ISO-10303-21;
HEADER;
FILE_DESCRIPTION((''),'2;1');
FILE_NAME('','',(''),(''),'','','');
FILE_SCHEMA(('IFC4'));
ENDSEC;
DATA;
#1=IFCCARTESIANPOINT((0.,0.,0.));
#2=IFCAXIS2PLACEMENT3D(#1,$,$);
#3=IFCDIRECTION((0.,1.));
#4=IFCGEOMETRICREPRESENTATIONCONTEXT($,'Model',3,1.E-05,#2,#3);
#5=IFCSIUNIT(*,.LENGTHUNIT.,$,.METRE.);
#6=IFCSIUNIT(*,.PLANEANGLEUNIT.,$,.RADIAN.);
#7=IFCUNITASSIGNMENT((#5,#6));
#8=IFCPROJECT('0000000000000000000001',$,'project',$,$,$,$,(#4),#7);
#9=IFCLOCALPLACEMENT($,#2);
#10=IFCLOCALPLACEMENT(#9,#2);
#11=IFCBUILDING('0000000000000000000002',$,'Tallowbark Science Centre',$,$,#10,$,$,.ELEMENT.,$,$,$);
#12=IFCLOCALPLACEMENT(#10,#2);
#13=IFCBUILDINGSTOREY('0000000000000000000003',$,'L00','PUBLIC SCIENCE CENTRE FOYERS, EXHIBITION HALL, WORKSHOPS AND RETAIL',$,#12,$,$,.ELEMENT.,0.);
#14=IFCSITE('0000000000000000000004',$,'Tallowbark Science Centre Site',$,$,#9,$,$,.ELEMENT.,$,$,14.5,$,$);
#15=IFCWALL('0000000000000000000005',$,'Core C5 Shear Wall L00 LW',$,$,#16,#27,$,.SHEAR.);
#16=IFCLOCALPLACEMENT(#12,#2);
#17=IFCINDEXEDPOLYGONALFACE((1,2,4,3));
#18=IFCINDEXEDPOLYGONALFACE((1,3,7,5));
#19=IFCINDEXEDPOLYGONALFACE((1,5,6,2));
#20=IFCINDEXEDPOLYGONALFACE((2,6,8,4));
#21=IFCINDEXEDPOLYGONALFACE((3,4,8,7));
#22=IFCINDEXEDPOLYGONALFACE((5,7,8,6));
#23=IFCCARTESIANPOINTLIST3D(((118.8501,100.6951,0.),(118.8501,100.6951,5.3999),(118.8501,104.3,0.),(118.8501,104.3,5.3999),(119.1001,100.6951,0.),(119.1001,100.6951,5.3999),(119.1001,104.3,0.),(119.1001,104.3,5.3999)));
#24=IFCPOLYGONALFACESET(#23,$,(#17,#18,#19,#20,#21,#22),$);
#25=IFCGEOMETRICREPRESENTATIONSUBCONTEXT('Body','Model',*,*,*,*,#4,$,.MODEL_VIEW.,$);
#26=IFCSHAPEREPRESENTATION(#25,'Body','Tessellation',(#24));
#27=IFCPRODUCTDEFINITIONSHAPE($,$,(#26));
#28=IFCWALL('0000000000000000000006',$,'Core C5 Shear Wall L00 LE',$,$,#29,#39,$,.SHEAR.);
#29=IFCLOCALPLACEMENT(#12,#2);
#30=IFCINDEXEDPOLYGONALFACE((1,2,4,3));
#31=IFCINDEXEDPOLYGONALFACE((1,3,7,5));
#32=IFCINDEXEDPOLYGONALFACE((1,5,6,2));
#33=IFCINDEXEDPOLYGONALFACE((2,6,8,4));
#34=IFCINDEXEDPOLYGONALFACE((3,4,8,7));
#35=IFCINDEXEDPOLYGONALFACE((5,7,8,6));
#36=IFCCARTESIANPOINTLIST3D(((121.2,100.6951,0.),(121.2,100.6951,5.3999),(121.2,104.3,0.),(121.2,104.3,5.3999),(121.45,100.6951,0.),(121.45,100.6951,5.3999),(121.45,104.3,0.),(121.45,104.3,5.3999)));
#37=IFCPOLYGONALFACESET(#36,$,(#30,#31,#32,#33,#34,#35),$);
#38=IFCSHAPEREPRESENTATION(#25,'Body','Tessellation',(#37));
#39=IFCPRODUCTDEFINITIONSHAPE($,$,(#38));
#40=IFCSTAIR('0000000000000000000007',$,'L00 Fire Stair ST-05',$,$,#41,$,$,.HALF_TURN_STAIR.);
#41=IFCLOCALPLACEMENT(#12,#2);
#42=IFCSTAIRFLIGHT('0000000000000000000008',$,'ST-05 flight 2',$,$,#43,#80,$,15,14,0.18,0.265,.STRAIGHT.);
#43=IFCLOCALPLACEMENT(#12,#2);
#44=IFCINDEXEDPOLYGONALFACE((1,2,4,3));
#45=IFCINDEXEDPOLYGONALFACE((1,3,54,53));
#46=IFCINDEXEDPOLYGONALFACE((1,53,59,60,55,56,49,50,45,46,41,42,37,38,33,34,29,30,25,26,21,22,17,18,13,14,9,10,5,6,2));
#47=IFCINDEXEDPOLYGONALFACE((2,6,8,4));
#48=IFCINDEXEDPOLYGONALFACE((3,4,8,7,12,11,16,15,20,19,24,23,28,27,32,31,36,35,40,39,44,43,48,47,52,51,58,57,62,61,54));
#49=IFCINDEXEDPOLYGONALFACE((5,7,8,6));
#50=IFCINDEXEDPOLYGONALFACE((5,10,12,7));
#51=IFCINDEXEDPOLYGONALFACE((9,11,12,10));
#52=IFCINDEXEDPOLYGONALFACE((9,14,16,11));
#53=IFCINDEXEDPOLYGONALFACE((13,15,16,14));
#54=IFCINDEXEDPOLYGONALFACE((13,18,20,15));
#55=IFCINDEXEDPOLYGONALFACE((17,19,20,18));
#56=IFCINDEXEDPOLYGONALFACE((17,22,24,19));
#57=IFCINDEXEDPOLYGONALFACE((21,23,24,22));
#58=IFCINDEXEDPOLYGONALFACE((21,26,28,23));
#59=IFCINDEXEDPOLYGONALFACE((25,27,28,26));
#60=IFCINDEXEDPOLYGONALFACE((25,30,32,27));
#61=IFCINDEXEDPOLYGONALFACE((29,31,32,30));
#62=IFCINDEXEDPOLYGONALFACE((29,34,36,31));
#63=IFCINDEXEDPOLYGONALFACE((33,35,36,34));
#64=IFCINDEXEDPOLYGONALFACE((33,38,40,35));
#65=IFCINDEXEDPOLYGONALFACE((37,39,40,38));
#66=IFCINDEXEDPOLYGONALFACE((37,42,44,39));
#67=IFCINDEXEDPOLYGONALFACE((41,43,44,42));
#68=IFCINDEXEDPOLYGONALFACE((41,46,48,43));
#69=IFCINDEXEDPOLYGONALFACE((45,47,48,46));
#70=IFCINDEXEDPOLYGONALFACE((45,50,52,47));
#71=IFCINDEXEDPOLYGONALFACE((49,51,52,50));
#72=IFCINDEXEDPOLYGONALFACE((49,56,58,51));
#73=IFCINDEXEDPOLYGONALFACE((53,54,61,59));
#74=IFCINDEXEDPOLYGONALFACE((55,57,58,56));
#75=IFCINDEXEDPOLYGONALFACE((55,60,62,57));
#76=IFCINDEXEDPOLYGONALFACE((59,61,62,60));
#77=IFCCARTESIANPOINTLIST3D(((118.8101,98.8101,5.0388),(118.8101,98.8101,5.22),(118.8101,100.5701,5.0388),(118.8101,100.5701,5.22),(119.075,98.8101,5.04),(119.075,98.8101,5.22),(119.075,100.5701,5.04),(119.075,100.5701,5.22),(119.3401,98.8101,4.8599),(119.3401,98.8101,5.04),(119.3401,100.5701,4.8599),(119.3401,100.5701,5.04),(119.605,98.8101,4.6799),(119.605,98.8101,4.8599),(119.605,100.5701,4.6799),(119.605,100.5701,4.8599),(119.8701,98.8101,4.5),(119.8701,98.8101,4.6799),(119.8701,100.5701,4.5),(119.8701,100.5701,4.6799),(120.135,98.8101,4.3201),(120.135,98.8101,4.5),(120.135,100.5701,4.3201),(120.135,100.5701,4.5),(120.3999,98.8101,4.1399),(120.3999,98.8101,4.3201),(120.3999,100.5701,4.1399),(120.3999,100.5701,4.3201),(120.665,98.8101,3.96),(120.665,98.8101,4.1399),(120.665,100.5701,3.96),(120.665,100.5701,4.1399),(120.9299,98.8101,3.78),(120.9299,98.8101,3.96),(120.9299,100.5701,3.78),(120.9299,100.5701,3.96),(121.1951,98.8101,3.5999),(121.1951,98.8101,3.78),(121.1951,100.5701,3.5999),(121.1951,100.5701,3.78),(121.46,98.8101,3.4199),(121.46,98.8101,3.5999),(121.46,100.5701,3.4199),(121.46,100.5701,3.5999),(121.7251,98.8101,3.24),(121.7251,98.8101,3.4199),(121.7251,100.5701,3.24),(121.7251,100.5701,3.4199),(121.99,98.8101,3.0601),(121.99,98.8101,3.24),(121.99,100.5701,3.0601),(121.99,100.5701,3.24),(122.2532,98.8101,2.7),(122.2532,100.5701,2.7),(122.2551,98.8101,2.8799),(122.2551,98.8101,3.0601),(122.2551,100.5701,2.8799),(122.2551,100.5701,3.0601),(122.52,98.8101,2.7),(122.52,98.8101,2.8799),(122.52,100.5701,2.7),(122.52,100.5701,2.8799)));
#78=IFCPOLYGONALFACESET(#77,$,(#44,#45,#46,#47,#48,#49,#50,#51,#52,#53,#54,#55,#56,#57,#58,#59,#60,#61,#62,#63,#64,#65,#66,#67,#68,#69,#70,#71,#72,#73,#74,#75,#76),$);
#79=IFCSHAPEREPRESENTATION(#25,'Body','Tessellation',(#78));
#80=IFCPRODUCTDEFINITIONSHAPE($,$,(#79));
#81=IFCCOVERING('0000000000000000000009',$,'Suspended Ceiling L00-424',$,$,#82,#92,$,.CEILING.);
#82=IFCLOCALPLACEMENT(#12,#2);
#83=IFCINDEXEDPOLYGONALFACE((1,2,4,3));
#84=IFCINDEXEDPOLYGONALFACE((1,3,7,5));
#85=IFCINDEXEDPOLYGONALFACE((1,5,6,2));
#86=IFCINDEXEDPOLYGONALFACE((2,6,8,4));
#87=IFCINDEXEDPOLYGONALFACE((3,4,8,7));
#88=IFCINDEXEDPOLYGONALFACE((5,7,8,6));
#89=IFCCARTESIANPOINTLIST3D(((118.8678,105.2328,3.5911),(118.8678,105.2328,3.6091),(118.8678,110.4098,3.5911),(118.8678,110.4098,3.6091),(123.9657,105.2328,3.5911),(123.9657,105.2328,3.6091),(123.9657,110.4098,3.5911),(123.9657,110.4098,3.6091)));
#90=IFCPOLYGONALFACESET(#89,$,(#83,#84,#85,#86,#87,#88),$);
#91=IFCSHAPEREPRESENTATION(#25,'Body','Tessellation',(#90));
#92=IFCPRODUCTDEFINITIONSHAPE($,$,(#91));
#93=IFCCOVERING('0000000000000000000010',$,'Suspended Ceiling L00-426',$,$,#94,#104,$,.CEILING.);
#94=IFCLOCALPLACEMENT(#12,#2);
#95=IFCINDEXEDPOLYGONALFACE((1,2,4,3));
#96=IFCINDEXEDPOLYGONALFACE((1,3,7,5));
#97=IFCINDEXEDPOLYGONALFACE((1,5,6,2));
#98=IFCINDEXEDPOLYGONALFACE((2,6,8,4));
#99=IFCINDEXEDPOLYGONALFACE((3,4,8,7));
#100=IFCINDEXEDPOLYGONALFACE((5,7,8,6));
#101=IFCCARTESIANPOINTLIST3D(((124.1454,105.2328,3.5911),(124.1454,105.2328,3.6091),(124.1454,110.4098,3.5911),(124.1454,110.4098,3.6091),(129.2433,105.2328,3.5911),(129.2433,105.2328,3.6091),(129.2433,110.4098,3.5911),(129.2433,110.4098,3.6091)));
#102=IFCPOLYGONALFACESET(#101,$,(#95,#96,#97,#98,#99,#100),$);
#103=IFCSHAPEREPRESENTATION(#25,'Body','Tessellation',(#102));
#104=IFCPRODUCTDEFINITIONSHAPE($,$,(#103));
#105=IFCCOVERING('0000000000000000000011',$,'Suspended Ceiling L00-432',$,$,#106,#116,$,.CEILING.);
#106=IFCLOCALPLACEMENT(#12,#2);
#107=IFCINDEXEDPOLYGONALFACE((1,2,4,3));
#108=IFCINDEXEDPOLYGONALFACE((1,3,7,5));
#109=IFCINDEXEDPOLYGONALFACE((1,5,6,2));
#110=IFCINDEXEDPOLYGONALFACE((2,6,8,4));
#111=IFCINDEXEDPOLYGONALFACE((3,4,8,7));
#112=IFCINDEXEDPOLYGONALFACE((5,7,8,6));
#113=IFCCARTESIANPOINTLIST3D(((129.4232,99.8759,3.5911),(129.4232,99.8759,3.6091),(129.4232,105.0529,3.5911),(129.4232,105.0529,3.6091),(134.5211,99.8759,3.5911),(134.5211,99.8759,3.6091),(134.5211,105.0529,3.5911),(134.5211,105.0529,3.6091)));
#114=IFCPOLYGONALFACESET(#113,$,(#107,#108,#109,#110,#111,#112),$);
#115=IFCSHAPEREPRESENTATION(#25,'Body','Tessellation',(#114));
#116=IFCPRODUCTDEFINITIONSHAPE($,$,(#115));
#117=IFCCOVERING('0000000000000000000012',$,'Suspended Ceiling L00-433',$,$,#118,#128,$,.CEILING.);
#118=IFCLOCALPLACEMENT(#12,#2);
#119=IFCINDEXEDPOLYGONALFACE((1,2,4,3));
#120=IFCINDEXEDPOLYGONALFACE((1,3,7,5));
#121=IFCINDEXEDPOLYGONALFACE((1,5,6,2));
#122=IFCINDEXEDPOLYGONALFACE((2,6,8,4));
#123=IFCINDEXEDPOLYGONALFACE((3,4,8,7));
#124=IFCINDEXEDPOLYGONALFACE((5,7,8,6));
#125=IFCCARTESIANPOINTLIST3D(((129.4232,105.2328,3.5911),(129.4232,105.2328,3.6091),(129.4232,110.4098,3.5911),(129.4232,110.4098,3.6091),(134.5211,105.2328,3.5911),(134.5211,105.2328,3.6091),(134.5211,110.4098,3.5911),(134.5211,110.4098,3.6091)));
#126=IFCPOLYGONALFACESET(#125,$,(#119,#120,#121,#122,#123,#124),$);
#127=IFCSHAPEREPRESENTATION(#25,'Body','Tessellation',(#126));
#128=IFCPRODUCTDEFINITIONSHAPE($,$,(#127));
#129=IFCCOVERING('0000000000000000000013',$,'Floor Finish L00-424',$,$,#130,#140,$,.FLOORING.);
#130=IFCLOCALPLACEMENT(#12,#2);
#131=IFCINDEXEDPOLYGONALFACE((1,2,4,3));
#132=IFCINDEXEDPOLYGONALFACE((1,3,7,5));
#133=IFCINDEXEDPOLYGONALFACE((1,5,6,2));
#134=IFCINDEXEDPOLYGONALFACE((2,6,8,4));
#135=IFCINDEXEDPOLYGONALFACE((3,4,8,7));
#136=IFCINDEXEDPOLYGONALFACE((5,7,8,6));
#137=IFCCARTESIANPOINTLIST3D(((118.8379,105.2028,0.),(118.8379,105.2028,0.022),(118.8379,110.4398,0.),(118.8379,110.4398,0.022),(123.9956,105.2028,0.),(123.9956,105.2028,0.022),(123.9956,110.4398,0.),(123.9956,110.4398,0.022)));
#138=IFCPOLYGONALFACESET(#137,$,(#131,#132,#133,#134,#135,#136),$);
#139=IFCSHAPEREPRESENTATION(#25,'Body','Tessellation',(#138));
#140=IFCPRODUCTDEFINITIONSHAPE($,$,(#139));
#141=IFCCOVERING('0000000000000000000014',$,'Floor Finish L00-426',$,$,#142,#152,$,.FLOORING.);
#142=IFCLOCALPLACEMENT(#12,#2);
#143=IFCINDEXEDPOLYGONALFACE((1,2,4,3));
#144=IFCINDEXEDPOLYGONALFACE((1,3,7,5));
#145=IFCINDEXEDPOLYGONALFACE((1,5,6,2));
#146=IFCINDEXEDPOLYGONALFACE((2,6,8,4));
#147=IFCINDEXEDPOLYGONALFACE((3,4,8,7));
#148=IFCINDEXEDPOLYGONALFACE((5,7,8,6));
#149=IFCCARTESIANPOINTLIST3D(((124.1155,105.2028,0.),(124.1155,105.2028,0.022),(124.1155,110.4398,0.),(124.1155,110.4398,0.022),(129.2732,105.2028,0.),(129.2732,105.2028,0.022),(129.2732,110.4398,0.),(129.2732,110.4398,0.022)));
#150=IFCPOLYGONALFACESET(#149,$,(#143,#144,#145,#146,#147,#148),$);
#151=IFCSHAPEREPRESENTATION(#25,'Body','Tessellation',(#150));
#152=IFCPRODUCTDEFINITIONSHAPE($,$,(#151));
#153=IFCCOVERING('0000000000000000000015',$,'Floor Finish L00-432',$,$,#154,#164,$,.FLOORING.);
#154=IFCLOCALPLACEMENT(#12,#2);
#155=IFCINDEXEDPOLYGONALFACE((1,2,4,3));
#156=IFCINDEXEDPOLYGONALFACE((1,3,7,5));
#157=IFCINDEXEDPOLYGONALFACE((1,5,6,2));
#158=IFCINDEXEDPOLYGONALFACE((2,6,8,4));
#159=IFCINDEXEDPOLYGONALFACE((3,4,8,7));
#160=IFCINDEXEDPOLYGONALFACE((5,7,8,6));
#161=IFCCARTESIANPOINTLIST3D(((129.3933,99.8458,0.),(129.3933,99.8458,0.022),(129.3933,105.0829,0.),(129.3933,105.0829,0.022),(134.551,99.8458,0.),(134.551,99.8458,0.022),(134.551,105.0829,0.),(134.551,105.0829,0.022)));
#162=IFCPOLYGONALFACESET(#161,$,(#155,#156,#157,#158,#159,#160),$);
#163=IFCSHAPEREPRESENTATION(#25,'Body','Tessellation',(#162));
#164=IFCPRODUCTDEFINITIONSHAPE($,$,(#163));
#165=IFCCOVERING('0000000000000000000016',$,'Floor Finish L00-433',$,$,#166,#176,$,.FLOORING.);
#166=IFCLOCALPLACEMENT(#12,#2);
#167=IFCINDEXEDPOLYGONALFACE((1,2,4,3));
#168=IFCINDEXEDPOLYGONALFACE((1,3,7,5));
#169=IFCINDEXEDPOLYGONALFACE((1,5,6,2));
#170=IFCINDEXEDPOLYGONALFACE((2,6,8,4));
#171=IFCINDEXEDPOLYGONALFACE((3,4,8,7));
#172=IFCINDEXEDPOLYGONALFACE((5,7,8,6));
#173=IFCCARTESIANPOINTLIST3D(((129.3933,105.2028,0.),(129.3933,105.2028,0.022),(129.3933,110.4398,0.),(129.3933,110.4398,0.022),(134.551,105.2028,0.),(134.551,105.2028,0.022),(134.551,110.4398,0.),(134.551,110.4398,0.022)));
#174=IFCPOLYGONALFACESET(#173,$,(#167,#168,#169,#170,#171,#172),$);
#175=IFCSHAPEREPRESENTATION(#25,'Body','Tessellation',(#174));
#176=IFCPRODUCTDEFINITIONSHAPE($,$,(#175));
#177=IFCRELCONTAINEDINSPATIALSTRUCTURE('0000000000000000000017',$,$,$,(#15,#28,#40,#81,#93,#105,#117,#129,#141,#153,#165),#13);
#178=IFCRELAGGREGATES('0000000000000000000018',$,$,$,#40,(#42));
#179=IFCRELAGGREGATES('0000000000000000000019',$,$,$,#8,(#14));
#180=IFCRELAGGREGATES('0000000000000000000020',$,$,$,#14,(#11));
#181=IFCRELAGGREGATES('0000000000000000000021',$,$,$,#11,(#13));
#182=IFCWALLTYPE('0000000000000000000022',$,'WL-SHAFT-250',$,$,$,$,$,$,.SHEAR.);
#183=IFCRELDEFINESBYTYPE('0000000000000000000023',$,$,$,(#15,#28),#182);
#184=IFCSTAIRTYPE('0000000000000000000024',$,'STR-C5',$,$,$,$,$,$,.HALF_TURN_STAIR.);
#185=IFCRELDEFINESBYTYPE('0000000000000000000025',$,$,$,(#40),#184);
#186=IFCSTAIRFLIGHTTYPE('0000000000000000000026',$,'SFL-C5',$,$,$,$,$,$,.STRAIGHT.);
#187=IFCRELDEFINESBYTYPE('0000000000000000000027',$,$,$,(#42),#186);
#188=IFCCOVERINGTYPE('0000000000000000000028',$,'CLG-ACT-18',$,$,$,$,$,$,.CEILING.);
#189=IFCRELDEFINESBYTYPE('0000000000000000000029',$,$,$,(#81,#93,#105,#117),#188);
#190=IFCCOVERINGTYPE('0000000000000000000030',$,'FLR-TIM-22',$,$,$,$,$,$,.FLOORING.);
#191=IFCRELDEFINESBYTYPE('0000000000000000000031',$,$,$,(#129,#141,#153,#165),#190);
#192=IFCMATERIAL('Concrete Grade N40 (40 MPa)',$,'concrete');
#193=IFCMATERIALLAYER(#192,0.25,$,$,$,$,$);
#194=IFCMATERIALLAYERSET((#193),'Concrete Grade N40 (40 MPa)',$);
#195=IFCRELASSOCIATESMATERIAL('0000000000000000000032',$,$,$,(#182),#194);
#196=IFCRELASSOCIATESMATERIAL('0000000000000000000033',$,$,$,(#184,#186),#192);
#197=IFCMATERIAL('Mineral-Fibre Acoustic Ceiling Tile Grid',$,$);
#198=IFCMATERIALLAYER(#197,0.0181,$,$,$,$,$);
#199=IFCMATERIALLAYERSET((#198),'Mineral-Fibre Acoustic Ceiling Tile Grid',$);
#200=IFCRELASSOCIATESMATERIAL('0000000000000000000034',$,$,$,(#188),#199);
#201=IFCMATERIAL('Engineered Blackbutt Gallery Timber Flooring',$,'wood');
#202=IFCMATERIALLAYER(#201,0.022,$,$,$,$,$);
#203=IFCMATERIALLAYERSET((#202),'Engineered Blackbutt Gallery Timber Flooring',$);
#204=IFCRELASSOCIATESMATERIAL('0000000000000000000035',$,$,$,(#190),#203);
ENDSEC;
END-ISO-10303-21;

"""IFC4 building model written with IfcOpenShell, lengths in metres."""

from ifc_helpers import new_model, si_unit, direction, frame, frame_2d, origin, origin_2d, place, context, subcontext, project, spatial, polyline, rectangle, outline, extrude, material, layer, layer_set, type_object, element, aggregate, save


model = new_model("IFC4")

# Units and contexts
model_context = context("Model", 3, precision=1e-05, world=origin(), true_north=direction((0.0, 1.0)))
body_context = subcontext(model_context, "Body", "Model", "MODEL_VIEW")
ifc_project = project(units=[si_unit("LENGTHUNIT", "METRE"), si_unit("PLANEANGLEUNIT", "RADIAN")], contexts=[model_context])

# Site, building, storey
site_placement = place(None, origin())
site = spatial("IfcSite", under=ifc_project, at=site_placement, Name="Tallowbark Science Centre Site", CompositionType="ELEMENT", RefElevation=14.5)
building_placement = place(site_placement, origin())
building = spatial("IfcBuilding", under=site, at=building_placement, Name="Tallowbark Science Centre", CompositionType="ELEMENT")
storey_placement = place(building_placement, origin())
storey = spatial("IfcBuildingStorey", under=building, at=storey_placement, Name="L00", Description="PUBLIC SCIENCE CENTRE FOYERS, EXHIBITION HALL, WORKSHOPS AND RETAIL", CompositionType="ELEMENT", Elevation=0.0)

# Shared definitions
ifc_material_1 = material(Name="Concrete Grade N40 (40 MPa)", Category="concrete")

# Walls
ifc_layer_1 = layer(ifc_material_1, 0.25)
ifc_layer_set_1 = layer_set([ifc_layer_1], Name="Concrete Grade N40 (40 MPa)")
wall_type_1 = type_object("IfcWallType", Name="WL-SHAFT-250", PredefinedType="SHEAR", material=ifc_layer_set_1)
for number, where, z_axis, x_axis, name in (
    (1, (118.9751, 100.6951, 0.0), (0.0, 0.0, 1.0), (0.0, 1.0, 0.0), "Core C5 Shear Wall L00 LW"),
    (2, (121.325, 100.6951, 0.0), (0.0, 0.0, 1.0), (0.0, 1.0, 0.0), "Core C5 Shear Wall L00 LE"),
):
    element("IfcWall", number, at=place(storey_placement, frame(where, z_axis=z_axis, x_axis=x_axis)), inside=storey, type_object=wall_type_1, Name=name, PredefinedType="SHEAR", context=body_context, shape_type="SweptSolid", body=[
        extrude(rectangle(XDim=3.605, YDim=0.25, at=frame_2d((1.8025, 0.0))), origin(), (0.0, 0.0, 1.0), 5.3999),
    ])

# Stair, stair flight
stair_type = type_object("IfcStairType", Name="STR-C5", PredefinedType="HALF_TURN_STAIR", material=ifc_material_1)
stair_placement = place(storey_placement, origin())
stair = element("IfcStair", 3, at=stair_placement, inside=storey, type_object=stair_type, Name="L00 Fire Stair ST-05", PredefinedType="HALF_TURN_STAIR")
stair_flight_type = type_object("IfcStairFlightType", Name="SFL-C5", PredefinedType="STRAIGHT", material=ifc_material_1)
stair_flight_placement = place(storey_placement, frame((122.52, 99.6899, 2.7), z_axis=(0.0, 0.0, 1.0), x_axis=(-1.0, 0.0, 0.0)))
stair_flight = element("IfcStairFlight", 4, at=stair_flight_placement, type_object=stair_flight_type, Name="ST-05 flight 2", NumberOfRisers=15, NumberOfTreads=14, PredefinedType="STRAIGHT", RiserHeight=0.18, TreadLength=0.265, context=body_context, shape_type="SweptSolid", body=[
    extrude(outline(polyline([(0.0, 0.0), (0.0, 0.1799), (0.2649, 0.1799), (0.2649, 0.3601), (0.53, 0.3601), (0.53, 0.54), (0.7949, 0.54), (0.7949, 0.72), (1.0601, 0.72), (1.0601, 0.8999), (1.325, 0.8999), (1.325, 1.0801), (1.5901, 1.0801), (1.5901, 1.26), (1.855, 1.26), (1.855, 1.4399), (2.1201, 1.4399), (2.1201, 1.6201), (2.385, 1.6201), (2.385, 1.8), (2.6499, 1.8), (2.6499, 1.98), (2.915, 1.98), (2.915, 2.1599), (3.1799, 2.1599), (3.1799, 2.3401), (3.4451, 2.3401), (3.4451, 2.52), (3.71, 2.52), (3.71, 2.7), (3.71, 2.3389), (0.2668, 0.0), (0.0, 0.0)])), frame((0.0, 0.8799, 0.0), z_axis=(0.0, -1.0, 0.0), x_axis=(1.0, 0.0, 0.0)), (0.0, 0.0, 1.0), 1.76),
])
aggregate(stair, [stair_flight])

# Coverings
ifc_material_2 = material(Name="Mineral-Fibre Acoustic Ceiling Tile Grid")
ifc_layer_2 = layer(ifc_material_2, 0.0181)
ifc_layer_set_2 = layer_set([ifc_layer_2], Name="Mineral-Fibre Acoustic Ceiling Tile Grid")
covering_type_1 = type_object("IfcCoveringType", Name="CLG-ACT-18", PredefinedType="CEILING", material=ifc_layer_set_2)
for number, where, z_axis, x_axis, name in (
    (5, (121.4167, 107.8213, 3.5911), (0.0, 0.0, 1.0), (1.0, 0.0, 0.0), "Suspended Ceiling L00-424"),
    (6, (126.6943, 107.8213, 3.5911), (0.0, 0.0, 1.0), (1.0, 0.0, 0.0), "Suspended Ceiling L00-426"),
    (7, (131.9722, 102.4644, 3.5911), (0.0, 0.0, 1.0), (1.0, 0.0, 0.0), "Suspended Ceiling L00-432"),
    (8, (131.9722, 107.8213, 3.5911), (0.0, 0.0, 1.0), (1.0, 0.0, 0.0), "Suspended Ceiling L00-433"),
):
    element("IfcCovering", number, at=place(storey_placement, frame(where, z_axis=z_axis, x_axis=x_axis)), inside=storey, type_object=covering_type_1, Name=name, PredefinedType="CEILING", context=body_context, shape_type="SweptSolid", body=[
        extrude(rectangle(XDim=5.0979, YDim=5.177, at=origin_2d()), origin(), (0.0, 0.0, 1.0), 0.0181),
    ])
ifc_material_3 = material(Name="Engineered Blackbutt Gallery Timber Flooring", Category="wood")
ifc_layer_3 = layer(ifc_material_3, 0.022)
ifc_layer_set_3 = layer_set([ifc_layer_3], Name="Engineered Blackbutt Gallery Timber Flooring")
covering_type_2 = type_object("IfcCoveringType", Name="FLR-TIM-22", PredefinedType="FLOORING", material=ifc_layer_set_3)
for number, where, z_axis, x_axis, name in (
    (9, (121.4167, 107.8213, 0.0), (0.0, 0.0, 1.0), (1.0, 0.0, 0.0), "Floor Finish L00-424"),
    (10, (126.6943, 107.8213, 0.0), (0.0, 0.0, 1.0), (1.0, 0.0, 0.0), "Floor Finish L00-426"),
    (11, (131.9722, 102.4644, 0.0), (0.0, 0.0, 1.0), (1.0, 0.0, 0.0), "Floor Finish L00-432"),
    (12, (131.9722, 107.8213, 0.0), (0.0, 0.0, 1.0), (1.0, 0.0, 0.0), "Floor Finish L00-433"),
):
    element("IfcCovering", number, at=place(storey_placement, frame(where, z_axis=z_axis, x_axis=x_axis)), inside=storey, type_object=covering_type_2, Name=name, PredefinedType="FLOORING", context=body_context, shape_type="SweptSolid", body=[
        extrude(rectangle(XDim=5.1577, YDim=5.2371, at=origin_2d()), origin(), (0.0, 0.0, 1.0), 0.022),
    ])

save(model, "model.ifc")
